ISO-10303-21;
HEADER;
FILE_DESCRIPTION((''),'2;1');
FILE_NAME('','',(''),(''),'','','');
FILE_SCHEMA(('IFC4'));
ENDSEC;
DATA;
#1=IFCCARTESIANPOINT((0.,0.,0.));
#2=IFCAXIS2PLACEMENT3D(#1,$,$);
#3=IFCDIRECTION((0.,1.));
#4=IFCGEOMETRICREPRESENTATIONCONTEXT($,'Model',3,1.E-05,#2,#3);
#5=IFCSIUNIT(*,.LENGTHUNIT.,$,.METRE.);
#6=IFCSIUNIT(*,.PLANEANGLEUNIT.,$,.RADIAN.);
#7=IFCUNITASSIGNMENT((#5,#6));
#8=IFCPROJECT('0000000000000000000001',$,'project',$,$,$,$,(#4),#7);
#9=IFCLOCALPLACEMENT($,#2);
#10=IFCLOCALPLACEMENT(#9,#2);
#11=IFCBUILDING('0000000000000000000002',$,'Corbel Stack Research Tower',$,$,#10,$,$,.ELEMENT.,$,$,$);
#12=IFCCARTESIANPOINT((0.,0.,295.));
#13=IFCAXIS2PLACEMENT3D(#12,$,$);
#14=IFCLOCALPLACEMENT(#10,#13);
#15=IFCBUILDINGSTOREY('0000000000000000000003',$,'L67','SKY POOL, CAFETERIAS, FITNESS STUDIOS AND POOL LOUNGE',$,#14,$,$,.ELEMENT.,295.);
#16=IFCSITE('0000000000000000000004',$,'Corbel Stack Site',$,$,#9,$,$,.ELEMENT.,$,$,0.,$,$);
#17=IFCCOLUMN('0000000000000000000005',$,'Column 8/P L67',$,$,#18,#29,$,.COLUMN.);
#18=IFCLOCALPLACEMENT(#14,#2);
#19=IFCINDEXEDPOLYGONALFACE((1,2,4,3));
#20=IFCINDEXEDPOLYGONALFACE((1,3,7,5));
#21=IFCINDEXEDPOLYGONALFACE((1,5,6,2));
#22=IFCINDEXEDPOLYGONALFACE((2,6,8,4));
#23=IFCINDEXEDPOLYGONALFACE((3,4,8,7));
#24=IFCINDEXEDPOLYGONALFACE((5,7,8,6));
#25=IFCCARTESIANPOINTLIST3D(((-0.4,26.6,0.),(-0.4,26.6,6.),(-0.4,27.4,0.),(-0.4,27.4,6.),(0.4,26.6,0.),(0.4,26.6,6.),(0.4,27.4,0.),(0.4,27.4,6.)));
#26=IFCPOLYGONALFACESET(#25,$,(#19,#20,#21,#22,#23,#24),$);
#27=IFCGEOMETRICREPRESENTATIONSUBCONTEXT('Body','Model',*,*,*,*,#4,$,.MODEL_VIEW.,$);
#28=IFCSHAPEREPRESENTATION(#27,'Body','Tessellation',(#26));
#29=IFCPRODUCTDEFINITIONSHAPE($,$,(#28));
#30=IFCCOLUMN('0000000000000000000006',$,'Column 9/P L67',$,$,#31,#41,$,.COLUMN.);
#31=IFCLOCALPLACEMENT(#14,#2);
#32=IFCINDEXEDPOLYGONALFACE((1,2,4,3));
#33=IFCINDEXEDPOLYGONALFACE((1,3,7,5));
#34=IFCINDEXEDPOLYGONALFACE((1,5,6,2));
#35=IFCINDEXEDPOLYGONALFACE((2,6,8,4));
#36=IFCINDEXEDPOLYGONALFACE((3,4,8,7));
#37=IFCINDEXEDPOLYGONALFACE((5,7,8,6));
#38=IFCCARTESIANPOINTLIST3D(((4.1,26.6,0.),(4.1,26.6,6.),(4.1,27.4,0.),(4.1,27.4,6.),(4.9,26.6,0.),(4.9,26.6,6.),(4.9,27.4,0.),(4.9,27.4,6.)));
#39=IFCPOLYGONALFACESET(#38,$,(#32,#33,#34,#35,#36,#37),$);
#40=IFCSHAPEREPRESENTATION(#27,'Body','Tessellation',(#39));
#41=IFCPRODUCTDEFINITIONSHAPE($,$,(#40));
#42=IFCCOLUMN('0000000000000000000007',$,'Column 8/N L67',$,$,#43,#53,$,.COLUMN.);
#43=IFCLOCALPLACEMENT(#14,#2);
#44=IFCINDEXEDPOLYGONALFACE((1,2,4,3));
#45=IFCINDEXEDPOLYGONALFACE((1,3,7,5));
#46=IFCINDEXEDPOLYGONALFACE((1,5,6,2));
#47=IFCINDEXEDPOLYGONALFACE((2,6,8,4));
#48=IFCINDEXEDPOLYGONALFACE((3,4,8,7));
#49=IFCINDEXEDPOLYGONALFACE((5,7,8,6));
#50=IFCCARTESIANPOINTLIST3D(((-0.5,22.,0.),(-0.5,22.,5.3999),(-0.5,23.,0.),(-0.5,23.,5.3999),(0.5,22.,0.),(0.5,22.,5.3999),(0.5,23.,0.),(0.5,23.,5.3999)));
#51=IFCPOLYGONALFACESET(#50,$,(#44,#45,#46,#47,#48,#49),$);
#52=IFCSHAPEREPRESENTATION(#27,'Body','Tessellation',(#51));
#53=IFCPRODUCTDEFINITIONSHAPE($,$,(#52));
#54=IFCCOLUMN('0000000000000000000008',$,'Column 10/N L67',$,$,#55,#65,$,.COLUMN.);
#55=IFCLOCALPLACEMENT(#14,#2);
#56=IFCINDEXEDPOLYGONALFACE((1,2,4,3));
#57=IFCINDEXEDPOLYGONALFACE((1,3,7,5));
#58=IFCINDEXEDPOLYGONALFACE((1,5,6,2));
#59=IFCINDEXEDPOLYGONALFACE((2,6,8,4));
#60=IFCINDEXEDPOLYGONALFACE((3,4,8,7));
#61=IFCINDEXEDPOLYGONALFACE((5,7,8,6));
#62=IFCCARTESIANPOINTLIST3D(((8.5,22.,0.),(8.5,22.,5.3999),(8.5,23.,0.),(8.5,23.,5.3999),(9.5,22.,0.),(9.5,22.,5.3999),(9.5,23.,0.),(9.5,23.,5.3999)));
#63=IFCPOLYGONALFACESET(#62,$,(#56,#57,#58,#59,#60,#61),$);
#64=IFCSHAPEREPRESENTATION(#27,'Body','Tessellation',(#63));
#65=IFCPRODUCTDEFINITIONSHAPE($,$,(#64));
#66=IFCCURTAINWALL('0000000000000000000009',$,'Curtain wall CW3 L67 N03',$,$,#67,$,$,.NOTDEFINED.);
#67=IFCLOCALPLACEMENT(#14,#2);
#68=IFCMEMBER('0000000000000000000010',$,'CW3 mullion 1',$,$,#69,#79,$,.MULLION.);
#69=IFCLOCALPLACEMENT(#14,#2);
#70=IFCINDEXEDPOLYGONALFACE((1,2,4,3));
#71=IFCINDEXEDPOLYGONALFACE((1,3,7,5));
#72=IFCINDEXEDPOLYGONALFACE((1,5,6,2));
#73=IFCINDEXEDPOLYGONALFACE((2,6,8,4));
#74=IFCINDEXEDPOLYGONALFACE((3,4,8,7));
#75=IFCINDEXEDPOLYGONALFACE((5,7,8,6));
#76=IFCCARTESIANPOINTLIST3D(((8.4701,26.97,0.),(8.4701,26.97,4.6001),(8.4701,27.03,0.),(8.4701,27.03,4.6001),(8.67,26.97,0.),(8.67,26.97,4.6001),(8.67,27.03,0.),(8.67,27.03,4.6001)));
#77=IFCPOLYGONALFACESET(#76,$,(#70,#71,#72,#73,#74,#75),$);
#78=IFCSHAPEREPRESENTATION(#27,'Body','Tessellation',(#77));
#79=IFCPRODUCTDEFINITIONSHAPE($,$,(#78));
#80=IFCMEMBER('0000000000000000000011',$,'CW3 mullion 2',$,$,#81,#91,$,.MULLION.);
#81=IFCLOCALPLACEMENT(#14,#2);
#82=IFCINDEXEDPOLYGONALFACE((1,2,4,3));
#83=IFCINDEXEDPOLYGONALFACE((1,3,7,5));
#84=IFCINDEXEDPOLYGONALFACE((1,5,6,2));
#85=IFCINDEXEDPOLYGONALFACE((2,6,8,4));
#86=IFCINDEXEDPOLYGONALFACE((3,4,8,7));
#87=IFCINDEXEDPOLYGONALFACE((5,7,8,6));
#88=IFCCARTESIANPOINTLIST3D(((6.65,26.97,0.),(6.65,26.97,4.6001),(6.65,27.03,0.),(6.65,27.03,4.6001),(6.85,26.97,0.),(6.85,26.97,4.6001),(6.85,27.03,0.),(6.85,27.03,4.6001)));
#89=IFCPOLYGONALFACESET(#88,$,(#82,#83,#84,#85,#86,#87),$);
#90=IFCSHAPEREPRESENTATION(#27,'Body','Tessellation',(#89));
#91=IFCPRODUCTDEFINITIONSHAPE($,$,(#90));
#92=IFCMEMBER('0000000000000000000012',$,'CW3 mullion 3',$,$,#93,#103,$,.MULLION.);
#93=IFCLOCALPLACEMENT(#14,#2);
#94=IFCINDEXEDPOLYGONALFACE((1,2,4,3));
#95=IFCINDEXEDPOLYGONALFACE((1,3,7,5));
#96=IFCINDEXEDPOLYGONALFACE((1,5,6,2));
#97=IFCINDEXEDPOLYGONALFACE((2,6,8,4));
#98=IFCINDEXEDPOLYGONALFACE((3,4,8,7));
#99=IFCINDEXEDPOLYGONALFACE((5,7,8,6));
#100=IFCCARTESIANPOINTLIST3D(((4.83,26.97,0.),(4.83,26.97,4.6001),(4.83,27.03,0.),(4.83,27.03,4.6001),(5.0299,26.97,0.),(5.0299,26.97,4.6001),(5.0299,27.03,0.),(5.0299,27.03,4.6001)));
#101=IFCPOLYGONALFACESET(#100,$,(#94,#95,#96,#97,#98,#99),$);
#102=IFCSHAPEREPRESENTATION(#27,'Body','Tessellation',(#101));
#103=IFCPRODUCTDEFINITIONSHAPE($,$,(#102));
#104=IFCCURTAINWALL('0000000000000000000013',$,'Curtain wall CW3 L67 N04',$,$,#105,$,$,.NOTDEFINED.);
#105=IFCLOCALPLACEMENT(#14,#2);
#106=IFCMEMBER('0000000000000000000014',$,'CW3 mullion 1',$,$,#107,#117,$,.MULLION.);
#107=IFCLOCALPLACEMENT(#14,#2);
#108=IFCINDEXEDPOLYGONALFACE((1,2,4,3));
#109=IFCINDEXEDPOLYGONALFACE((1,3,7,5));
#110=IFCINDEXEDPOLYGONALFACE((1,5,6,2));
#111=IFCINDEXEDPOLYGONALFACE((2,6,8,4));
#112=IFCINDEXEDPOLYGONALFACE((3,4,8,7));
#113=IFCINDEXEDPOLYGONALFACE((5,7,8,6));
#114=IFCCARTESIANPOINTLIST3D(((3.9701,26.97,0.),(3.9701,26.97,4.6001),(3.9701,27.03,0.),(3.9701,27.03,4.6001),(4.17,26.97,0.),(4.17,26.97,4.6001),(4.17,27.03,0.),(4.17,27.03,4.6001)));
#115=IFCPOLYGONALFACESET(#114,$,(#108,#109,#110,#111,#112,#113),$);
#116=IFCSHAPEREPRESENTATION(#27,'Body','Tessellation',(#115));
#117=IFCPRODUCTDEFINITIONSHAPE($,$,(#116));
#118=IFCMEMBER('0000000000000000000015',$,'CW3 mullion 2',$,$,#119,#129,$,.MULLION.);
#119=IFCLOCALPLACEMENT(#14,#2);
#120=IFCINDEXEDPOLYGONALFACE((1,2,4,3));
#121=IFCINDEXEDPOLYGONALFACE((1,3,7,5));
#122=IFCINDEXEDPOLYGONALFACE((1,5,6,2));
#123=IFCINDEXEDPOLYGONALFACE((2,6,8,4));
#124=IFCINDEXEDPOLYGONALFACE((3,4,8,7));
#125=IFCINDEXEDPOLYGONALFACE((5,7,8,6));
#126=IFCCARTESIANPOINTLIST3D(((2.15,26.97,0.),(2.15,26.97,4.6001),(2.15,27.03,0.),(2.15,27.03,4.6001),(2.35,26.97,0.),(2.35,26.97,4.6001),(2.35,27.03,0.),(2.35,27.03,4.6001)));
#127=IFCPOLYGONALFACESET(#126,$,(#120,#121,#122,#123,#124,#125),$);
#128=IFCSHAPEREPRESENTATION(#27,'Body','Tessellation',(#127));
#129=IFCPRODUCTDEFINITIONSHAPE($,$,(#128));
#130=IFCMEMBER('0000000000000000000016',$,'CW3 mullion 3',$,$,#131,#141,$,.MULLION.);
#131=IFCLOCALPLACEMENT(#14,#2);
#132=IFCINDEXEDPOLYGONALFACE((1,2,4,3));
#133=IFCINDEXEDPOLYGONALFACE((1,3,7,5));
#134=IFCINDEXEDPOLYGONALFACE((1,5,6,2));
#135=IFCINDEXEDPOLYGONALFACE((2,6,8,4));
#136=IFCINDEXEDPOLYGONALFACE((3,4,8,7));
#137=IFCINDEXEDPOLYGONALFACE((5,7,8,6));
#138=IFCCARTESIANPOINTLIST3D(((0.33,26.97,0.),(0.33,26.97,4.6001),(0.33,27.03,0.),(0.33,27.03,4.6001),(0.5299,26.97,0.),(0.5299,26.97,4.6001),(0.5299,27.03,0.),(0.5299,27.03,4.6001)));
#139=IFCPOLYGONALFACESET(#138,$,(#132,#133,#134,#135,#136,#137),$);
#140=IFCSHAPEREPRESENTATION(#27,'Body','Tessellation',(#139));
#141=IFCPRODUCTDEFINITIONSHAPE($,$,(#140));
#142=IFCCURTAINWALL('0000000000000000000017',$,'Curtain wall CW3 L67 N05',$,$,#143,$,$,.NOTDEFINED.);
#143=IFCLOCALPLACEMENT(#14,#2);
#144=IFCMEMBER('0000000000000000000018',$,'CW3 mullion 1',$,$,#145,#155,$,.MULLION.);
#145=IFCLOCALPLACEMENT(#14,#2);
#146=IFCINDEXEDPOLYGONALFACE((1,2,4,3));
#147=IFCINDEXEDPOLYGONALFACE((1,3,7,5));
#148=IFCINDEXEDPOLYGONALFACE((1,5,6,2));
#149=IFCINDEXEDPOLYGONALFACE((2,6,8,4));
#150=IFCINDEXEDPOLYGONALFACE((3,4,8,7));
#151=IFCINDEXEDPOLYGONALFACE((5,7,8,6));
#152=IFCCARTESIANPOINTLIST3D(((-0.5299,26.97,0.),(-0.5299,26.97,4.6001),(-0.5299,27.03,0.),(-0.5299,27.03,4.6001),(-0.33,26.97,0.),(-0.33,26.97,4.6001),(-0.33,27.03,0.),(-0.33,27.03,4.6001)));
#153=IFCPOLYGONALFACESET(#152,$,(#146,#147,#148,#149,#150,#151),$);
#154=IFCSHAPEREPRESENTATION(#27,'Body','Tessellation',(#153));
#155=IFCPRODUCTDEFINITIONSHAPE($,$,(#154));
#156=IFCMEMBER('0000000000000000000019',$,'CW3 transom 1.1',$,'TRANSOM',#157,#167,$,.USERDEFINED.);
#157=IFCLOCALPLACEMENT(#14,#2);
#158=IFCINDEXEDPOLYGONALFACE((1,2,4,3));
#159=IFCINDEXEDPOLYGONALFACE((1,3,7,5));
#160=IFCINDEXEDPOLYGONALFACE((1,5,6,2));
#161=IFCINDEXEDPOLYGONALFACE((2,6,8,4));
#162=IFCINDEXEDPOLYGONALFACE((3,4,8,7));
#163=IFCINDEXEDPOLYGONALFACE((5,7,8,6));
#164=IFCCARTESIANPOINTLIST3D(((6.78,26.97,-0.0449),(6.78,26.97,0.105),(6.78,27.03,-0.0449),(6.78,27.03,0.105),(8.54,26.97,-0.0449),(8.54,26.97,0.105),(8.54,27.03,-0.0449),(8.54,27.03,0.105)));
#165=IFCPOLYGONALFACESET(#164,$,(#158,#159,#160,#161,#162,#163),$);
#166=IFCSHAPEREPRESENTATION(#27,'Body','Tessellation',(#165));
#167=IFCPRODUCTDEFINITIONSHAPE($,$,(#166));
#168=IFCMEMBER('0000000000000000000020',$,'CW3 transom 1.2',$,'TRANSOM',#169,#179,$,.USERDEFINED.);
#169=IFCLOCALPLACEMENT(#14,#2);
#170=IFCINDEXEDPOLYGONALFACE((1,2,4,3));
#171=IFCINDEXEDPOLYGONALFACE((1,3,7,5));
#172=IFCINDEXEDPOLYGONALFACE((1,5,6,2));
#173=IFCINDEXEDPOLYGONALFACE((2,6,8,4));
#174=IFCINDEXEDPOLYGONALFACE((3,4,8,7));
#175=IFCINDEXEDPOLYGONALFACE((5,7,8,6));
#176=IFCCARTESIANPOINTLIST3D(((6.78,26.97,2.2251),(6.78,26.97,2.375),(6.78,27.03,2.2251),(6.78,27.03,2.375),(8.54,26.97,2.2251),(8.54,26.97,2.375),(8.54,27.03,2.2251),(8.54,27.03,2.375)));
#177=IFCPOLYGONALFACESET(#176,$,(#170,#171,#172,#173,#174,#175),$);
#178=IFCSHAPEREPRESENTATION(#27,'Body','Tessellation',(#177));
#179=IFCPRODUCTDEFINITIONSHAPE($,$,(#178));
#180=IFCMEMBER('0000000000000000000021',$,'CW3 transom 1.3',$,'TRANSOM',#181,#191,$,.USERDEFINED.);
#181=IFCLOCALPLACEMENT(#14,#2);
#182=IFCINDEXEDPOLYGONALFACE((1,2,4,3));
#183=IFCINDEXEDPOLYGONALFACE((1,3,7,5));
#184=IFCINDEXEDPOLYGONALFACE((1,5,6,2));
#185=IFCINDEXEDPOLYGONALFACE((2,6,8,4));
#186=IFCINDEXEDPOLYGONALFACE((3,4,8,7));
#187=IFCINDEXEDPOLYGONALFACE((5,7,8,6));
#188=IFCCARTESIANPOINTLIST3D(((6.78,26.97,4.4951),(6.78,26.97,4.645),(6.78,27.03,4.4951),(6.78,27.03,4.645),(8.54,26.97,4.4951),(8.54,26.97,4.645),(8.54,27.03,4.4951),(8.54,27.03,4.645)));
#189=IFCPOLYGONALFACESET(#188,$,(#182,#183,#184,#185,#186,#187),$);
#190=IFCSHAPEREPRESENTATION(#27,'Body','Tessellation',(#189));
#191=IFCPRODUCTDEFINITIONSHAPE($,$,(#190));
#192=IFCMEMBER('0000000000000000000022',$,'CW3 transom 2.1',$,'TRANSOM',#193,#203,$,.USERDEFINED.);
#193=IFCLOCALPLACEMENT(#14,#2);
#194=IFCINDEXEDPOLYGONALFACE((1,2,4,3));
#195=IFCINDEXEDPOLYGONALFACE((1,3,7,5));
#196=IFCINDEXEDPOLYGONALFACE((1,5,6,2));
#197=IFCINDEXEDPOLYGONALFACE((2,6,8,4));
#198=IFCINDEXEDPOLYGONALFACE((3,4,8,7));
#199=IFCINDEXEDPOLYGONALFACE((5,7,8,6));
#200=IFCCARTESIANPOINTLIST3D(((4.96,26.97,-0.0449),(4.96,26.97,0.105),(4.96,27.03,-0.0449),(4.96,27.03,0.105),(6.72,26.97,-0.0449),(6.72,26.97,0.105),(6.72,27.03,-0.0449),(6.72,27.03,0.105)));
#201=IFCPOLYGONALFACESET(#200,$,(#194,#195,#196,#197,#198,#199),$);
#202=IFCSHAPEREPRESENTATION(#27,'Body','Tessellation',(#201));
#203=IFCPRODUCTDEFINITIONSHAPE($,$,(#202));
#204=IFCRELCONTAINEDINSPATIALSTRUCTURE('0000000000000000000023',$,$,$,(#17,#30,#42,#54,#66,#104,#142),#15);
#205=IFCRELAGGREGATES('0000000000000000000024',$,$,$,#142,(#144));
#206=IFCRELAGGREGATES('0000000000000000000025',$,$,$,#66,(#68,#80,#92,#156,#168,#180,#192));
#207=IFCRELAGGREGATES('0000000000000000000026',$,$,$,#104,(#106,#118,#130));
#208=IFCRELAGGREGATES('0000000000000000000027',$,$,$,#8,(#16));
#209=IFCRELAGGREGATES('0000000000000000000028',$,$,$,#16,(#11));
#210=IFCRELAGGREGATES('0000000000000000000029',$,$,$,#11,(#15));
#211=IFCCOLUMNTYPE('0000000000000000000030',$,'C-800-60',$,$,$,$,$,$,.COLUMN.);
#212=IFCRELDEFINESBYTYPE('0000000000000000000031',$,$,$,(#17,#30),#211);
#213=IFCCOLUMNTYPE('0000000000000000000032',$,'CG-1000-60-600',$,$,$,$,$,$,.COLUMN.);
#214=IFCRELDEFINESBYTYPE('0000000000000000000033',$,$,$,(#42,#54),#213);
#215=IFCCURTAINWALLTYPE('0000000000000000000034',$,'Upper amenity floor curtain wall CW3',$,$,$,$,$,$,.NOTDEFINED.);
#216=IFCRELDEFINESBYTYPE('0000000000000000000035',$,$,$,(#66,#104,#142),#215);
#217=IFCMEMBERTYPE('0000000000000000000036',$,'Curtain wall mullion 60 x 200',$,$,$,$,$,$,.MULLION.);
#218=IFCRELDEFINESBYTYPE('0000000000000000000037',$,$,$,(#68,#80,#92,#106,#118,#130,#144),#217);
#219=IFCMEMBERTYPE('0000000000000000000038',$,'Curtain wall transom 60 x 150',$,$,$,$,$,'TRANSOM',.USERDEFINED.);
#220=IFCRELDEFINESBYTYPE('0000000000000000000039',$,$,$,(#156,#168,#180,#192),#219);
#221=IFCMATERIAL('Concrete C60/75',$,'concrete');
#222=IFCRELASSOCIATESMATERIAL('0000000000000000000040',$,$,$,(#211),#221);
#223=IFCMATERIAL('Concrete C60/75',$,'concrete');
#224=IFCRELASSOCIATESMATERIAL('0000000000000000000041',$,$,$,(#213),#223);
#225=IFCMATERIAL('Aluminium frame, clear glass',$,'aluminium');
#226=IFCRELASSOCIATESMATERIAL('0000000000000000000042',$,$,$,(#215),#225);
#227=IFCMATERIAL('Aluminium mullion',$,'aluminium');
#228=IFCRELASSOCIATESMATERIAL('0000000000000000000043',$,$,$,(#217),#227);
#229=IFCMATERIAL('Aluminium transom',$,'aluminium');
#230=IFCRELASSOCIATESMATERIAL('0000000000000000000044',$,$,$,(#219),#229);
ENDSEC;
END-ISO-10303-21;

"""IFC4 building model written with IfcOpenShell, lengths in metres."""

from ifc_helpers import new_model, si_unit, direction, frame, origin, origin_2d, place, context, subcontext, project, spatial, rectangle, extrude, material, material_profile, profile_set, type_object, element, aggregate, save


model = new_model("IFC4")

# Units and contexts
model_context = context("Model", 3, precision=1e-05, world=origin(), true_north=direction((0.0, 1.0)))
body_context = subcontext(model_context, "Body", "Model", "MODEL_VIEW")
ifc_project = project(units=[si_unit("LENGTHUNIT", "METRE"), si_unit("PLANEANGLEUNIT", "RADIAN")], contexts=[model_context])

# Site, building, storey
site_placement = place(None, origin())
site = spatial("IfcSite", under=ifc_project, at=site_placement, Name="Corbel Stack Site", CompositionType="ELEMENT", RefElevation=0.0)
building_placement = place(site_placement, origin())
building = spatial("IfcBuilding", under=site, at=building_placement, Name="Corbel Stack Research Tower", CompositionType="ELEMENT")
storey_placement = place(building_placement, frame((0.0, 0.0, 295.0)))
storey = spatial("IfcBuildingStorey", under=building, at=storey_placement, Name="L67", Description="SKY POOL, CAFETERIAS, FITNESS STUDIOS AND POOL LOUNGE", CompositionType="ELEMENT", Elevation=295.0)

# Columns
ifc_material_1 = material(Name="Concrete C60/75", Category="concrete")
ifc_material_profile_1 = material_profile(ifc_material_1, rectangle(XDim=0.8, YDim=0.8, at=origin_2d()), Name="RC 800 x 800")
ifc_profile_set_1 = profile_set([ifc_material_profile_1], Name="Concrete C60/75")
column_type_1 = type_object("IfcColumnType", Name="C-800-60", PredefinedType="COLUMN", material=ifc_profile_set_1)
for number, where, z_axis, x_axis, name in (
    (1, (0.0, 27.0, 0.0), (0.0, 0.0, 1.0), (1.0, 0.0, 0.0), "Column 8/P L67"),
    (2, (4.5, 27.0, 0.0), (0.0, 0.0, 1.0), (1.0, 0.0, 0.0), "Column 9/P L67"),
):
    element("IfcColumn", number, at=place(storey_placement, frame(where, z_axis=z_axis, x_axis=x_axis)), inside=storey, type_object=column_type_1, Name=name, PredefinedType="COLUMN", context=body_context, shape_type="SweptSolid", body=[
        extrude(rectangle(XDim=0.8, YDim=0.8, at=origin_2d()), origin(), (0.0, 0.0, 1.0), 6.0),
    ])
ifc_material_2 = material(Name="Concrete C60/75", Category="concrete")
ifc_material_profile_2 = material_profile(ifc_material_2, rectangle(XDim=1.0, YDim=1.0, at=origin_2d()), Name="RC 1000 x 1000")
ifc_profile_set_2 = profile_set([ifc_material_profile_2], Name="Concrete C60/75")
column_type_2 = type_object("IfcColumnType", Name="CG-1000-60-600", PredefinedType="COLUMN", material=ifc_profile_set_2)
for number, where, z_axis, x_axis, name in (
    (3, (0.0, 22.5, 0.0), (0.0, 0.0, 1.0), (1.0, 0.0, 0.0), "Column 8/N L67"),
    (4, (9.0, 22.5, 0.0), (0.0, 0.0, 1.0), (1.0, 0.0, 0.0), "Column 10/N L67"),
):
    element("IfcColumn", number, at=place(storey_placement, frame(where, z_axis=z_axis, x_axis=x_axis)), inside=storey, type_object=column_type_2, Name=name, PredefinedType="COLUMN", context=body_context, shape_type="SweptSolid", body=[
        extrude(rectangle(XDim=1.0, YDim=1.0, at=origin_2d()), origin(), (0.0, 0.0, 1.0), 5.3999),
    ])

# Curtain walls, members
ifc_material_3 = material(Name="Aluminium frame, clear glass", Category="aluminium")
curtain_wall_type = type_object("IfcCurtainWallType", Name="Upper amenity floor curtain wall CW3", PredefinedType="NOTDEFINED", material=ifc_material_3)
curtain_wall_1_placement = place(storey_placement, origin())
curtain_wall_1 = element("IfcCurtainWall", 5, at=curtain_wall_1_placement, inside=storey, type_object=curtain_wall_type, Name="Curtain wall CW3 L67 N03", PredefinedType="NOTDEFINED")
ifc_material_4 = material(Name="Aluminium mullion", Category="aluminium")
ifc_material_profile_3 = material_profile(ifc_material_4, rectangle(XDim=0.0601, YDim=0.2, at=origin_2d()), Name="Mullion 60 x 200")
ifc_profile_set_3 = profile_set([ifc_material_profile_3], Name="Aluminium mullion")
member_type_1 = type_object("IfcMemberType", Name="Curtain wall mullion 60 x 200", PredefinedType="MULLION", material=ifc_profile_set_3)
member_1_placement = place(storey_placement, frame((8.5701, 27.0, 0.0), z_axis=(0.0, 0.0, 1.0), x_axis=(0.0, -1.0, 0.0)))
member_1 = element("IfcMember", 6, at=member_1_placement, type_object=member_type_1, Name="CW3 mullion 1", PredefinedType="MULLION", context=body_context, shape_type="SweptSolid", body=[
    extrude(rectangle(XDim=0.0601, YDim=0.2, at=origin_2d()), origin(), (0.0, 0.0, 1.0), 4.6001),
])
member_2_placement = place(storey_placement, frame((6.75, 27.0, 0.0), z_axis=(0.0, 0.0, 1.0), x_axis=(0.0, -1.0, 0.0)))
member_2 = element("IfcMember", 7, at=member_2_placement, type_object=member_type_1, Name="CW3 mullion 2", PredefinedType="MULLION", context=body_context, shape_type="SweptSolid", body=[
    extrude(rectangle(XDim=0.0601, YDim=0.2, at=origin_2d()), origin(), (0.0, 0.0, 1.0), 4.6001),
])
member_3_placement = place(storey_placement, frame((4.9299, 27.0, 0.0), z_axis=(0.0, 0.0, 1.0), x_axis=(0.0, -1.0, 0.0)))
member_3 = element("IfcMember", 8, at=member_3_placement, type_object=member_type_1, Name="CW3 mullion 3", PredefinedType="MULLION", context=body_context, shape_type="SweptSolid", body=[
    extrude(rectangle(XDim=0.0601, YDim=0.2, at=origin_2d()), origin(), (0.0, 0.0, 1.0), 4.6001),
])
curtain_wall_2_placement = place(storey_placement, origin())
curtain_wall_2 = element("IfcCurtainWall", 9, at=curtain_wall_2_placement, inside=storey, type_object=curtain_wall_type, Name="Curtain wall CW3 L67 N04", PredefinedType="NOTDEFINED")
member_4_placement = place(storey_placement, frame((4.0701, 27.0, 0.0), z_axis=(0.0, 0.0, 1.0), x_axis=(0.0, -1.0, 0.0)))
member_4 = element("IfcMember", 10, at=member_4_placement, type_object=member_type_1, Name="CW3 mullion 1", PredefinedType="MULLION", context=body_context, shape_type="SweptSolid", body=[
    extrude(rectangle(XDim=0.0601, YDim=0.2, at=origin_2d()), origin(), (0.0, 0.0, 1.0), 4.6001),
])
member_5_placement = place(storey_placement, frame((2.25, 27.0, 0.0), z_axis=(0.0, 0.0, 1.0), x_axis=(0.0, -1.0, 0.0)))
member_5 = element("IfcMember", 11, at=member_5_placement, type_object=member_type_1, Name="CW3 mullion 2", PredefinedType="MULLION", context=body_context, shape_type="SweptSolid", body=[
    extrude(rectangle(XDim=0.0601, YDim=0.2, at=origin_2d()), origin(), (0.0, 0.0, 1.0), 4.6001),
])
member_6_placement = place(storey_placement, frame((0.4299, 27.0, 0.0), z_axis=(0.0, 0.0, 1.0), x_axis=(0.0, -1.0, 0.0)))
member_6 = element("IfcMember", 12, at=member_6_placement, type_object=member_type_1, Name="CW3 mullion 3", PredefinedType="MULLION", context=body_context, shape_type="SweptSolid", body=[
    extrude(rectangle(XDim=0.0601, YDim=0.2, at=origin_2d()), origin(), (0.0, 0.0, 1.0), 4.6001),
])

# Curtain wall, member
curtain_wall_3_placement = place(storey_placement, origin())
curtain_wall_3 = element("IfcCurtainWall", 13, at=curtain_wall_3_placement, inside=storey, type_object=curtain_wall_type, Name="Curtain wall CW3 L67 N05", PredefinedType="NOTDEFINED")
member_7_placement = place(storey_placement, frame((-0.4299, 27.0, 0.0), z_axis=(0.0, 0.0, 1.0), x_axis=(0.0, -1.0, 0.0)))
member_7 = element("IfcMember", 14, at=member_7_placement, type_object=member_type_1, Name="CW3 mullion 1", PredefinedType="MULLION", context=body_context, shape_type="SweptSolid", body=[
    extrude(rectangle(XDim=0.0601, YDim=0.2, at=origin_2d()), origin(), (0.0, 0.0, 1.0), 4.6001),
])

# Members
ifc_material_5 = material(Name="Aluminium transom", Category="aluminium")
ifc_material_profile_4 = material_profile(ifc_material_5, rectangle(XDim=0.0601, YDim=0.1499, at=origin_2d()), Name="Transom 60 x 150")
ifc_profile_set_4 = profile_set([ifc_material_profile_4], Name="Aluminium transom")
member_type_2 = type_object("IfcMemberType", Name="Curtain wall transom 60 x 150", ElementType="TRANSOM", PredefinedType="USERDEFINED", material=ifc_profile_set_4)
member_8_placement = place(storey_placement, frame((8.54, 27.0, 0.03), z_axis=(-1.0, 0.0, 0.0), x_axis=(0.0, -1.0, 0.0)))
member_8 = element("IfcMember", 15, at=member_8_placement, type_object=member_type_2, Name="CW3 transom 1.1", ObjectType="TRANSOM", PredefinedType="USERDEFINED", context=body_context, shape_type="SweptSolid", body=[
    extrude(rectangle(XDim=0.0601, YDim=0.1499, at=origin_2d()), origin(), (0.0, 0.0, 1.0), 1.76),
])
member_9_placement = place(storey_placement, frame((8.54, 27.0, 2.3), z_axis=(-1.0, 0.0, 0.0), x_axis=(0.0, -1.0, 0.0)))
member_9 = element("IfcMember", 16, at=member_9_placement, type_object=member_type_2, Name="CW3 transom 1.2", ObjectType="TRANSOM", PredefinedType="USERDEFINED", context=body_context, shape_type="SweptSolid", body=[
    extrude(rectangle(XDim=0.0601, YDim=0.1499, at=origin_2d()), origin(), (0.0, 0.0, 1.0), 1.76),
])
member_10_placement = place(storey_placement, frame((8.54, 27.0, 4.5701), z_axis=(-1.0, 0.0, 0.0), x_axis=(0.0, -1.0, 0.0)))
member_10 = element("IfcMember", 17, at=member_10_placement, type_object=member_type_2, Name="CW3 transom 1.3", ObjectType="TRANSOM", PredefinedType="USERDEFINED", context=body_context, shape_type="SweptSolid", body=[
    extrude(rectangle(XDim=0.0601, YDim=0.1499, at=origin_2d()), origin(), (0.0, 0.0, 1.0), 1.76),
])
member_11_placement = place(storey_placement, frame((6.72, 27.0, 0.03), z_axis=(-1.0, 0.0, 0.0), x_axis=(0.0, -1.0, 0.0)))
member_11 = element("IfcMember", 18, at=member_11_placement, type_object=member_type_2, Name="CW3 transom 2.1", ObjectType="TRANSOM", PredefinedType="USERDEFINED", context=body_context, shape_type="SweptSolid", body=[
    extrude(rectangle(XDim=0.0601, YDim=0.1499, at=origin_2d()), origin(), (0.0, 0.0, 1.0), 1.76),
])
aggregate(curtain_wall_3, [member_7])

aggregate(curtain_wall_1, [member_1, member_2, member_3, member_8, member_9, member_10, member_11])
aggregate(curtain_wall_2, [member_4, member_5, member_6])

save(model, "model.ifc")
